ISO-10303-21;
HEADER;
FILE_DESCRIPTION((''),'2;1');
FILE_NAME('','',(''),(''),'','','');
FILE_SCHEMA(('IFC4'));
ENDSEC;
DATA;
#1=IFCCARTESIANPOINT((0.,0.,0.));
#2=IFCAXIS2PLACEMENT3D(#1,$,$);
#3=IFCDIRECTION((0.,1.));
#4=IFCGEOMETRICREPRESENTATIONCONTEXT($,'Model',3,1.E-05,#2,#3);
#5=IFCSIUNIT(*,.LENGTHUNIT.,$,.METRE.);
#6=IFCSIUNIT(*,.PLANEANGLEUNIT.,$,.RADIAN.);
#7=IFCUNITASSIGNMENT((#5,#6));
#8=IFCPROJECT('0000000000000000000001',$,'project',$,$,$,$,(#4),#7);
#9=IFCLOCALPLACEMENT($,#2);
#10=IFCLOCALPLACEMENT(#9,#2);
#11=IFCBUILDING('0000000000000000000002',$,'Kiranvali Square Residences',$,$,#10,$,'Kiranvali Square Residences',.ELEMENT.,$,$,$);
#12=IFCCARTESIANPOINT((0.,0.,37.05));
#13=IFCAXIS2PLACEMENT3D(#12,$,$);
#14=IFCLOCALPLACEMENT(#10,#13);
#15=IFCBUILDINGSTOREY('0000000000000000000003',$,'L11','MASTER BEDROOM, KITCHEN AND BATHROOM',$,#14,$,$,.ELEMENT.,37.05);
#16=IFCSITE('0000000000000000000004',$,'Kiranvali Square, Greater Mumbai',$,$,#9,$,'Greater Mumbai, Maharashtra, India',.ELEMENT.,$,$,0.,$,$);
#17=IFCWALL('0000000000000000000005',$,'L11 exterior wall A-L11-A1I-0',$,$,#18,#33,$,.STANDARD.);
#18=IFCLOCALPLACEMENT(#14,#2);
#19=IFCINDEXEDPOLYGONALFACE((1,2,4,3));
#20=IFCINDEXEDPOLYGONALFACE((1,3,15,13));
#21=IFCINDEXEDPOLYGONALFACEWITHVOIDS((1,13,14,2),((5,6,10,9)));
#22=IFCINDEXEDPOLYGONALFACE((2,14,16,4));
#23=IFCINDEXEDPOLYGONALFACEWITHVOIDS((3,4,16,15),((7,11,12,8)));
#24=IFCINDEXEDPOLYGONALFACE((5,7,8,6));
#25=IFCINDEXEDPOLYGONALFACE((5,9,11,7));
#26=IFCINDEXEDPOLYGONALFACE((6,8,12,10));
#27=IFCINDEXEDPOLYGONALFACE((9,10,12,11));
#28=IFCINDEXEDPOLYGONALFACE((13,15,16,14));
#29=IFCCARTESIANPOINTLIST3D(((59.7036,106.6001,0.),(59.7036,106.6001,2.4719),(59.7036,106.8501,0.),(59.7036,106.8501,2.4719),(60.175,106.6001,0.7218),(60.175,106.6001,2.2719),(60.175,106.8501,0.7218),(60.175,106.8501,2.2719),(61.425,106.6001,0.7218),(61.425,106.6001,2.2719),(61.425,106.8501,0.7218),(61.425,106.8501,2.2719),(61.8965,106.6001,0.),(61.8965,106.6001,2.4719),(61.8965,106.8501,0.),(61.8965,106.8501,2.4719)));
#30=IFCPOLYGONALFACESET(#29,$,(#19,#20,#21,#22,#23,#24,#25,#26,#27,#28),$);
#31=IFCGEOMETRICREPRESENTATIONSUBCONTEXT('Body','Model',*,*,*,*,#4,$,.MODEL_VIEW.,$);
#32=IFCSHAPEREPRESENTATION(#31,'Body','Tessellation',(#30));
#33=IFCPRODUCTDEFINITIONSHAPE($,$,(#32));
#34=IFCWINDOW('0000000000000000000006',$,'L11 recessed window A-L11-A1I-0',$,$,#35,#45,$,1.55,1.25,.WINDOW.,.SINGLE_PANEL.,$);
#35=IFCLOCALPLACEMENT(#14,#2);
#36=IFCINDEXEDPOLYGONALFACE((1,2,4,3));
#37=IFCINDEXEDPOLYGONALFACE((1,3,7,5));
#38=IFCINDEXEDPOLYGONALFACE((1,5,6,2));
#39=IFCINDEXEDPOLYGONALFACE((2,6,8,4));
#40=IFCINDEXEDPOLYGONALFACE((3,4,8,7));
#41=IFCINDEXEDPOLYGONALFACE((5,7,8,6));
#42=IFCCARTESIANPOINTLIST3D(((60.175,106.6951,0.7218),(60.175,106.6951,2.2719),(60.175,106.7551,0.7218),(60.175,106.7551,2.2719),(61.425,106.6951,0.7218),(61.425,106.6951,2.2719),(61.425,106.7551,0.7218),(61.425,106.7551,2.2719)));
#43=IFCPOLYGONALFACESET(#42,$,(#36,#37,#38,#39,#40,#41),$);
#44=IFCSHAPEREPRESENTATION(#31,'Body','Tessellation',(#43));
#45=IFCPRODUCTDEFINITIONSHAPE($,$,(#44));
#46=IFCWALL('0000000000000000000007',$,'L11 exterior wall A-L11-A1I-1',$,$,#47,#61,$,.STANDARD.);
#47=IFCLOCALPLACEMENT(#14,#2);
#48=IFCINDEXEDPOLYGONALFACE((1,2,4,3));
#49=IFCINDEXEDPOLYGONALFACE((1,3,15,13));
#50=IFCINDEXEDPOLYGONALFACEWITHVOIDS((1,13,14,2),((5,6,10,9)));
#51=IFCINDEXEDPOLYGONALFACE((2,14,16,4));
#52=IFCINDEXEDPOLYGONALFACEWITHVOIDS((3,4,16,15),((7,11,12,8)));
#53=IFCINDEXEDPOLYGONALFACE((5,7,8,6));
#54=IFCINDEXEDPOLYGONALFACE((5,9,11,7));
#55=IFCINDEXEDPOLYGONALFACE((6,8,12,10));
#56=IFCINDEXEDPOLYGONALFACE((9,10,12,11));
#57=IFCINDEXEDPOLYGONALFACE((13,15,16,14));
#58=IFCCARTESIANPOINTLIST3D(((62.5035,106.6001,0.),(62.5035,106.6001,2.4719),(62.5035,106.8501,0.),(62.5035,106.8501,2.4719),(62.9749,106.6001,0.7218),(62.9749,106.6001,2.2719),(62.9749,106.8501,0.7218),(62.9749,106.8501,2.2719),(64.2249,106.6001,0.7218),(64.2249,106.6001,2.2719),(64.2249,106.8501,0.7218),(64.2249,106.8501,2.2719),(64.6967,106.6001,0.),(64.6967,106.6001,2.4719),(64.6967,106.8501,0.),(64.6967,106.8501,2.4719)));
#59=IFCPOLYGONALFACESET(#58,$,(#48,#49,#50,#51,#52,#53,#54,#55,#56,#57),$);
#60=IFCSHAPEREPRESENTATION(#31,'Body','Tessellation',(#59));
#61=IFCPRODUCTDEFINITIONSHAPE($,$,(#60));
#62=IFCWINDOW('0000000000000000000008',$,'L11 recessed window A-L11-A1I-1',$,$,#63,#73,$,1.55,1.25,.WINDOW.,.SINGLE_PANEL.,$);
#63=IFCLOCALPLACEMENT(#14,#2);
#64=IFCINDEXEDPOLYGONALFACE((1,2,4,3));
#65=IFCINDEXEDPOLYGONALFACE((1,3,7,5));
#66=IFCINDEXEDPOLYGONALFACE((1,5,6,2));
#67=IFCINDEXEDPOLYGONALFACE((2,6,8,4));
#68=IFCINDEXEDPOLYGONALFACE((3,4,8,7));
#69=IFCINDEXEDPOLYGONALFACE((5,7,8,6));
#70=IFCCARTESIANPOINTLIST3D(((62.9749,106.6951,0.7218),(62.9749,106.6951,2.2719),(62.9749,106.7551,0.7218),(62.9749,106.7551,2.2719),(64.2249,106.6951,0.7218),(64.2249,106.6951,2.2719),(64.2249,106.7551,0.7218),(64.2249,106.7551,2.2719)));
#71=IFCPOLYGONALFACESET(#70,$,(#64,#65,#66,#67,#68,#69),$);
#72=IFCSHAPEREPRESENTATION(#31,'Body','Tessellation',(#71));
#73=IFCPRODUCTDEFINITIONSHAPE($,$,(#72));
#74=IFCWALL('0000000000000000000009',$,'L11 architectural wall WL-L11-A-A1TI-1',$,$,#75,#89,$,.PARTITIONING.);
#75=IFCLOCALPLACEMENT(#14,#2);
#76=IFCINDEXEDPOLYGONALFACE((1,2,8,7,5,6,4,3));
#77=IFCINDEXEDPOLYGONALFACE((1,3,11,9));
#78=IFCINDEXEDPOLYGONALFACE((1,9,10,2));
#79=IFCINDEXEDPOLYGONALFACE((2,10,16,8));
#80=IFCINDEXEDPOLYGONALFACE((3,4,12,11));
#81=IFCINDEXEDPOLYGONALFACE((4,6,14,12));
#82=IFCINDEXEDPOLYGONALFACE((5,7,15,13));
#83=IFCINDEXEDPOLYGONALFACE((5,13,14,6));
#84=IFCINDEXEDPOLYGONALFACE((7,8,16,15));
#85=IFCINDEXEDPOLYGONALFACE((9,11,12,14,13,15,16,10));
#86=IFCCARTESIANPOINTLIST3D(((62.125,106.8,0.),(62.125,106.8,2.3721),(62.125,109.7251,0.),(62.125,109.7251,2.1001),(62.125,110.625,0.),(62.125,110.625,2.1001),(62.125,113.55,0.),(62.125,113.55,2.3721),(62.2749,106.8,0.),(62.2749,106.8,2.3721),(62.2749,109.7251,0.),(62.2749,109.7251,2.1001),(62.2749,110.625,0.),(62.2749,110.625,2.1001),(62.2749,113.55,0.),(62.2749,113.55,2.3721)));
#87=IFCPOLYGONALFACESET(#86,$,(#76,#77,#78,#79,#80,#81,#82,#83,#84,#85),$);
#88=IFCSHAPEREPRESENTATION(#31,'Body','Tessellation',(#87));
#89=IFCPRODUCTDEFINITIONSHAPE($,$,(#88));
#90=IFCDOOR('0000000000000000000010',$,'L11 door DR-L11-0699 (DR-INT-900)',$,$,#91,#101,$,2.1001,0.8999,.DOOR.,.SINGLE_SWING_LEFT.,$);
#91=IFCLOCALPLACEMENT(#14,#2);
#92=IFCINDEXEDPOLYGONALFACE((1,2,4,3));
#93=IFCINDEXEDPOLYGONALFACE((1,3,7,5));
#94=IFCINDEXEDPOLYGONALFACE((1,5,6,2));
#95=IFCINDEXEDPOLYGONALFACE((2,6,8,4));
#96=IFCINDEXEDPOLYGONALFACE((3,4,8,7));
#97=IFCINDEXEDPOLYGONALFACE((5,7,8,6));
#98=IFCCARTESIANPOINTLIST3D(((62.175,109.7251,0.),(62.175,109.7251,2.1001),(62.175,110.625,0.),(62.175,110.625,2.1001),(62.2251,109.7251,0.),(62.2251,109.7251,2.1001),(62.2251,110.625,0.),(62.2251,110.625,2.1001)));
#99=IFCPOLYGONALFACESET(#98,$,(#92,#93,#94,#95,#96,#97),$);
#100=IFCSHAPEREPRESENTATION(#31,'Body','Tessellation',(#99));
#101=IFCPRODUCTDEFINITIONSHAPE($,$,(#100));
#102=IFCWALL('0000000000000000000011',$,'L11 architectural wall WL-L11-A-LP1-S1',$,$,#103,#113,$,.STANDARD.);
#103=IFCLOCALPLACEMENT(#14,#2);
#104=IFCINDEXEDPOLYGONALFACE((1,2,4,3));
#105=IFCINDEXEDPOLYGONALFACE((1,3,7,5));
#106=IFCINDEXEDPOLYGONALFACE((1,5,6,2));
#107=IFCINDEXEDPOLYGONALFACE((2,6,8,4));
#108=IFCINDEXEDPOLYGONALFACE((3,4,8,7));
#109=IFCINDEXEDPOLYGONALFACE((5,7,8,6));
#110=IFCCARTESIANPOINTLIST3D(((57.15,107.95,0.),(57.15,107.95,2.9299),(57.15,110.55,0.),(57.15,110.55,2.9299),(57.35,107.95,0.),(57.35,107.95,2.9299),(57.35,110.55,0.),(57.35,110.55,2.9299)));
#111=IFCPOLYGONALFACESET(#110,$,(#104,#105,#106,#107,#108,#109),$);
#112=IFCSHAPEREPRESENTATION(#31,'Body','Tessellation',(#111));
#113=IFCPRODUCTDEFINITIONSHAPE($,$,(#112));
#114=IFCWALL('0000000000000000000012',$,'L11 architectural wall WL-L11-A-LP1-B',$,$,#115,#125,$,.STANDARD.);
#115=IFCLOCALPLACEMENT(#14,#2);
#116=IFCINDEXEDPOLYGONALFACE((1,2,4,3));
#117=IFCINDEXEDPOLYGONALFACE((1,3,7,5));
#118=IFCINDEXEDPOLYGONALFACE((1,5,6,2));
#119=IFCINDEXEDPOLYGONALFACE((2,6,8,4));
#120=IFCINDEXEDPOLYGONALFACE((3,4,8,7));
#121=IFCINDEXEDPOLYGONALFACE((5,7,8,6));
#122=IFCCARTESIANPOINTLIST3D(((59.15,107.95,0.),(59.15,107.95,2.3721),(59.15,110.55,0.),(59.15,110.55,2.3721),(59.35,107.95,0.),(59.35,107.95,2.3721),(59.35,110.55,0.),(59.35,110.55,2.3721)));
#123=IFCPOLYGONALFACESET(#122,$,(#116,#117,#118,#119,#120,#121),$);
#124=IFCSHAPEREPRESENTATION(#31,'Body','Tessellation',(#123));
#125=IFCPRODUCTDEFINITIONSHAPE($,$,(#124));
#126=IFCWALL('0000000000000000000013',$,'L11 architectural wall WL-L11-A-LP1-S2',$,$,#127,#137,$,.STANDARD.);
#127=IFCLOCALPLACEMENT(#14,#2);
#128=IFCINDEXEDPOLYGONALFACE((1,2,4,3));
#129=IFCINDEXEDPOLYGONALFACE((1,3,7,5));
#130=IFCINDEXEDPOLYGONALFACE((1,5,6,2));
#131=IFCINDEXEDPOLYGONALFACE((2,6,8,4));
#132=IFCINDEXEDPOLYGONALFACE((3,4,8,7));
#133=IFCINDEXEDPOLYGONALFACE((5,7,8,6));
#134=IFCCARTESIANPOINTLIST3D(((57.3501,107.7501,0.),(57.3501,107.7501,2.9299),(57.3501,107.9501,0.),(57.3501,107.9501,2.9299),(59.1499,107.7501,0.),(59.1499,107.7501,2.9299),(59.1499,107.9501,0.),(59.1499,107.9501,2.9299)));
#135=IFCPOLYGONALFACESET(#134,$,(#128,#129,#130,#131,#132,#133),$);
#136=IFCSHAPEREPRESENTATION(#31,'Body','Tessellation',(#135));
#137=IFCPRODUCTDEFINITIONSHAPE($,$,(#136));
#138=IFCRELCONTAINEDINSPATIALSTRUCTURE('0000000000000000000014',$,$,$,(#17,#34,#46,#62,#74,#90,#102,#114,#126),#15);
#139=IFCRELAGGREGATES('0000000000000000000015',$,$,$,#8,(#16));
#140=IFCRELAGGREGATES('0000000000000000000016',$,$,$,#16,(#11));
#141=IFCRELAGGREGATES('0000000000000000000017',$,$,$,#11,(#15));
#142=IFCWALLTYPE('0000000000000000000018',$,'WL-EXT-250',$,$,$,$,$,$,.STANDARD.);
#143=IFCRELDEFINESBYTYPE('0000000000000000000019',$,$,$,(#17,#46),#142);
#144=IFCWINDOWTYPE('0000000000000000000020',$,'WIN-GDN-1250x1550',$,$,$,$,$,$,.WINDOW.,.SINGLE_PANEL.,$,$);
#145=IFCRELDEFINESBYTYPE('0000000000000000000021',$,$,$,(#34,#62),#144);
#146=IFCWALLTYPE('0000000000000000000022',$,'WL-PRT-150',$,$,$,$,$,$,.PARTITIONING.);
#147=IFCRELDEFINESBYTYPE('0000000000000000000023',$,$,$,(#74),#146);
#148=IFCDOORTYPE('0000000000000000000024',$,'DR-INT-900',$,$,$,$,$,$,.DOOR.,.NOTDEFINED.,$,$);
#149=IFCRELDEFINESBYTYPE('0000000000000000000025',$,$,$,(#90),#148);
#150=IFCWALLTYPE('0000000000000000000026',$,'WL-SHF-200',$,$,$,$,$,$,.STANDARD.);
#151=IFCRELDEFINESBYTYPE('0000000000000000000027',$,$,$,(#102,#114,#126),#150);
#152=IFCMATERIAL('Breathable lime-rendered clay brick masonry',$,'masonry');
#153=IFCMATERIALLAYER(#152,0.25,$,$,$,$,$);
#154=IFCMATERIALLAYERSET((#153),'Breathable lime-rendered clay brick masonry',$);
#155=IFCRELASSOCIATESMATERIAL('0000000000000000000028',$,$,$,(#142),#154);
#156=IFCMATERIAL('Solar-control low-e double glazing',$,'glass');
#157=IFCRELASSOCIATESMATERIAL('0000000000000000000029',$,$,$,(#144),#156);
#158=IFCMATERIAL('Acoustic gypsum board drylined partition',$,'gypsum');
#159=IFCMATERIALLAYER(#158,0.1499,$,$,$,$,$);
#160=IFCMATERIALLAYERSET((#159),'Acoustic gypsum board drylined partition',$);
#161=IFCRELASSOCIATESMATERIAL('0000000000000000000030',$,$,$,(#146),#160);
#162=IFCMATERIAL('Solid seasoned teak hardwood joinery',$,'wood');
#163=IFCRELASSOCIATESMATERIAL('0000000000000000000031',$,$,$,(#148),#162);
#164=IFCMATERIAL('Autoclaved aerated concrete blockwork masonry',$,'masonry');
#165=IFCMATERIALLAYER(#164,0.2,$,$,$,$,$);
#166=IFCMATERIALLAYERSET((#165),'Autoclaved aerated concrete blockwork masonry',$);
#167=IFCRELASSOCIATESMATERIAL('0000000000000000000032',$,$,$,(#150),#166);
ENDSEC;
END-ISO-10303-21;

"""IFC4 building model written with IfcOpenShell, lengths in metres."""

from ifc_helpers import new_model, si_unit, direction, frame, frame_2d, origin, place, context, subcontext, project, spatial, rectangle, extrude, material, layer, layer_set, type_object, element, fill, save


model = new_model("IFC4")

# Units and contexts
model_context = context("Model", 3, precision=1e-05, world=origin(), true_north=direction((0.0, 1.0)))
body_context = subcontext(model_context, "Body", "Model", "MODEL_VIEW")
ifc_project = project(units=[si_unit("LENGTHUNIT", "METRE"), si_unit("PLANEANGLEUNIT", "RADIAN")], contexts=[model_context])

# Site, building, storey
site_placement = place(None, origin())
site = spatial("IfcSite", under=ifc_project, at=site_placement, Name="Kiranvali Square, Greater Mumbai", LongName="Greater Mumbai, Maharashtra, India", CompositionType="ELEMENT", RefElevation=0.0)
building_placement = place(site_placement, origin())
building = spatial("IfcBuilding", under=site, at=building_placement, Name="Kiranvali Square Residences", LongName="Kiranvali Square Residences", CompositionType="ELEMENT")
storey_placement = place(building_placement, frame((0.0, 0.0, 37.05)))
storey = spatial("IfcBuildingStorey", under=building, at=storey_placement, Name="L11", Description="MASTER BEDROOM, KITCHEN AND BATHROOM", CompositionType="ELEMENT", Elevation=37.05)

# Shared definitions
ifc_material_1 = material(Name="Autoclaved aerated concrete blockwork masonry", Category="masonry")

# Walls, openings, windows
ifc_material_2 = material(Name="Breathable lime-rendered clay brick masonry", Category="masonry")
ifc_layer_1 = layer(ifc_material_2, 0.25)
ifc_layer_set_1 = layer_set([ifc_layer_1], Name="Breathable lime-rendered clay brick masonry")
wall_type_1 = type_object("IfcWallType", Name="WL-EXT-250", PredefinedType="STANDARD", material=ifc_layer_set_1)
ifc_material_3 = material(Name="Solar-control low-e double glazing", Category="glass")
wall_1_placement = place(storey_placement, frame((59.7036, 106.7251, 0.0), z_axis=(0.0, 0.0, 1.0), x_axis=(1.0, 0.0, 0.0)))
wall_1 = element("IfcWall", 1, at=wall_1_placement, inside=storey, type_object=wall_type_1, Name="L11 exterior wall A-L11-A1I-0", PredefinedType="STANDARD", context=body_context, shape_type="SweptSolid", body=[
    extrude(rectangle(XDim=2.1929, YDim=0.25, at=frame_2d((1.0964, 0.0))), origin(), (0.0, 0.0, 1.0), 2.4719),
])
opening_1_placement = place(wall_1_placement, frame((0.4714, 0.0, 0.7219)))
opening_1 = element("IfcOpeningElement", 2, at=opening_1_placement, cuts=wall_1, PredefinedType="OPENING", context=body_context, shape_type="SweptSolid", body=[
    extrude(rectangle(XDim=1.25, YDim=1.55, at=frame_2d((0.625, 0.7749))), frame((0.0, 0.135, 0.0), z_axis=(0.0, -1.0, 0.0), x_axis=(1.0, 0.0, 0.0)), (0.0, 0.0, 1.0), 0.27),
])
window_type_1 = type_object("IfcWindowType", Name="WIN-GDN-1250x1550", PartitioningType="SINGLE_PANEL", PredefinedType="WINDOW", material=ifc_material_3)
window_1_placement = place(opening_1_placement, origin())
window_1 = element("IfcWindow", 3, at=window_1_placement, inside=storey, type_object=window_type_1, Name="L11 recessed window A-L11-A1I-0", OverallHeight=1.55, OverallWidth=1.25, PartitioningType="SINGLE_PANEL", PredefinedType="WINDOW", context=body_context, shape_type="SweptSolid", body=[
    extrude(rectangle(XDim=1.25, YDim=1.55, at=frame_2d((0.625, 0.7749))), frame((0.0, 0.03, 0.0), z_axis=(0.0, -1.0, 0.0), x_axis=(1.0, 0.0, 0.0)), (0.0, 0.0, 1.0), 0.0601),
])
fill(opening_1, window_1)
wall_2_placement = place(storey_placement, frame((62.5034, 106.7251, 0.0), z_axis=(0.0, 0.0, 1.0), x_axis=(1.0, 0.0, 0.0)))
wall_2 = element("IfcWall", 4, at=wall_2_placement, inside=storey, type_object=wall_type_1, Name="L11 exterior wall A-L11-A1I-1", PredefinedType="STANDARD", context=body_context, shape_type="SweptSolid", body=[
    extrude(rectangle(XDim=2.1931, YDim=0.25, at=frame_2d((1.0967, 0.0))), origin(), (0.0, 0.0, 1.0), 2.4719),
])
opening_2_placement = place(wall_2_placement, frame((0.4714, 0.0, 0.7219)))
opening_2 = element("IfcOpeningElement", 5, at=opening_2_placement, cuts=wall_2, PredefinedType="OPENING", context=body_context, shape_type="SweptSolid", body=[
    extrude(rectangle(XDim=1.25, YDim=1.55, at=frame_2d((0.625, 0.7749))), frame((0.0, 0.135, 0.0), z_axis=(0.0, -1.0, 0.0), x_axis=(1.0, 0.0, 0.0)), (0.0, 0.0, 1.0), 0.27),
])
window_2_placement = place(opening_2_placement, origin())
window_2 = element("IfcWindow", 6, at=window_2_placement, inside=storey, type_object=window_type_1, Name="L11 recessed window A-L11-A1I-1", OverallHeight=1.55, OverallWidth=1.25, PartitioningType="SINGLE_PANEL", PredefinedType="WINDOW", context=body_context, shape_type="SweptSolid", body=[
    extrude(rectangle(XDim=1.25, YDim=1.55, at=frame_2d((0.625, 0.7749))), frame((0.0, 0.03, 0.0), z_axis=(0.0, -1.0, 0.0), x_axis=(1.0, 0.0, 0.0)), (0.0, 0.0, 1.0), 0.0601),
])
fill(opening_2, window_2)

# Wall, opening, door
ifc_material_4 = material(Name="Acoustic gypsum board drylined partition", Category="gypsum")
ifc_layer_2 = layer(ifc_material_4, 0.1499)
ifc_layer_set_2 = layer_set([ifc_layer_2], Name="Acoustic gypsum board drylined partition")
wall_type_2 = type_object("IfcWallType", Name="WL-PRT-150", PredefinedType="PARTITIONING", material=ifc_layer_set_2)
wall_3_placement = place(storey_placement, frame((62.2, 106.8, 0.0), z_axis=(0.0, 0.0, 1.0), x_axis=(0.0, 1.0, 0.0)))
wall_3 = element("IfcWall", 7, at=wall_3_placement, inside=storey, type_object=wall_type_2, Name="L11 architectural wall WL-L11-A-A1TI-1", PredefinedType="PARTITIONING", context=body_context, shape_type="SweptSolid", body=[
    extrude(rectangle(XDim=6.75, YDim=0.1499, at=frame_2d((3.375, 0.0))), origin(), (0.0, 0.0, 1.0), 2.3721),
])
opening_3_placement = place(wall_3_placement, frame((2.925, 0.0, 0.0)))
opening_3 = element("IfcOpeningElement", 8, at=opening_3_placement, cuts=wall_3, PredefinedType="OPENING", context=body_context, shape_type="SweptSolid", body=[
    extrude(rectangle(XDim=0.8999, YDim=2.1001, at=frame_2d((0.45, 1.05))), frame((0.0, 0.085, 0.0), z_axis=(0.0, -1.0, 0.0), x_axis=(1.0, 0.0, 0.0)), (0.0, 0.0, 1.0), 0.1699),
])
ifc_material_5 = material(Name="Solid seasoned teak hardwood joinery", Category="wood")
door_type_1 = type_object("IfcDoorType", Name="DR-INT-900", OperationType="NOTDEFINED", PredefinedType="DOOR", material=ifc_material_5)
door_1_placement = place(opening_3_placement, origin())
door_1 = element("IfcDoor", 9, at=door_1_placement, inside=storey, type_object=door_type_1, Name="L11 door DR-L11-0699 (DR-INT-900)", OperationType="SINGLE_SWING_LEFT", OverallHeight=2.1001, OverallWidth=0.8999, PredefinedType="DOOR", context=body_context, shape_type="SweptSolid", body=[
    extrude(rectangle(XDim=0.8999, YDim=2.1001, at=frame_2d((0.45, 1.05))), frame((0.0, 0.0249, 0.0), z_axis=(0.0, -1.0, 0.0), x_axis=(1.0, 0.0, 0.0)), (0.0, 0.0, 1.0), 0.05),
])
fill(opening_3, door_1)

# Walls
ifc_layer_3 = layer(ifc_material_1, 0.2)
ifc_layer_set_3 = layer_set([ifc_layer_3], Name="Autoclaved aerated concrete blockwork masonry")
wall_type_3 = type_object("IfcWallType", Name="WL-SHF-200", PredefinedType="STANDARD", material=ifc_layer_set_3)
wall_4_placement = place(storey_placement, frame((57.25, 107.95, 0.0), z_axis=(0.0, 0.0, 1.0), x_axis=(0.0, 1.0, 0.0)))
element("IfcWall", 10, at=wall_4_placement, inside=storey, type_object=wall_type_3, Name="L11 architectural wall WL-L11-A-LP1-S1", PredefinedType="STANDARD", context=body_context, shape_type="SweptSolid", body=[
    extrude(rectangle(XDim=2.6001, YDim=0.2, at=frame_2d((1.3, 0.0))), origin(), (0.0, 0.0, 1.0), 2.9299),
])
wall_5_placement = place(storey_placement, frame((59.25, 107.95, 0.0), z_axis=(0.0, 0.0, 1.0), x_axis=(0.0, 1.0, 0.0)))
element("IfcWall", 11, at=wall_5_placement, inside=storey, type_object=wall_type_3, Name="L11 architectural wall WL-L11-A-LP1-B", PredefinedType="STANDARD", context=body_context, shape_type="SweptSolid", body=[
    extrude(rectangle(XDim=2.6001, YDim=0.2, at=frame_2d((1.3, 0.0))), origin(), (0.0, 0.0, 1.0), 2.3721),
])
wall_6_placement = place(storey_placement, frame((57.3501, 107.8501, 0.0), z_axis=(0.0, 0.0, 1.0), x_axis=(1.0, 0.0, 0.0)))
element("IfcWall", 12, at=wall_6_placement, inside=storey, type_object=wall_type_3, Name="L11 architectural wall WL-L11-A-LP1-S2", PredefinedType="STANDARD", context=body_context, shape_type="SweptSolid", body=[
    extrude(rectangle(XDim=1.7998, YDim=0.2, at=frame_2d((0.8999, 0.0))), origin(), (0.0, 0.0, 1.0), 2.9299),
])

save(model, "model.ifc")
